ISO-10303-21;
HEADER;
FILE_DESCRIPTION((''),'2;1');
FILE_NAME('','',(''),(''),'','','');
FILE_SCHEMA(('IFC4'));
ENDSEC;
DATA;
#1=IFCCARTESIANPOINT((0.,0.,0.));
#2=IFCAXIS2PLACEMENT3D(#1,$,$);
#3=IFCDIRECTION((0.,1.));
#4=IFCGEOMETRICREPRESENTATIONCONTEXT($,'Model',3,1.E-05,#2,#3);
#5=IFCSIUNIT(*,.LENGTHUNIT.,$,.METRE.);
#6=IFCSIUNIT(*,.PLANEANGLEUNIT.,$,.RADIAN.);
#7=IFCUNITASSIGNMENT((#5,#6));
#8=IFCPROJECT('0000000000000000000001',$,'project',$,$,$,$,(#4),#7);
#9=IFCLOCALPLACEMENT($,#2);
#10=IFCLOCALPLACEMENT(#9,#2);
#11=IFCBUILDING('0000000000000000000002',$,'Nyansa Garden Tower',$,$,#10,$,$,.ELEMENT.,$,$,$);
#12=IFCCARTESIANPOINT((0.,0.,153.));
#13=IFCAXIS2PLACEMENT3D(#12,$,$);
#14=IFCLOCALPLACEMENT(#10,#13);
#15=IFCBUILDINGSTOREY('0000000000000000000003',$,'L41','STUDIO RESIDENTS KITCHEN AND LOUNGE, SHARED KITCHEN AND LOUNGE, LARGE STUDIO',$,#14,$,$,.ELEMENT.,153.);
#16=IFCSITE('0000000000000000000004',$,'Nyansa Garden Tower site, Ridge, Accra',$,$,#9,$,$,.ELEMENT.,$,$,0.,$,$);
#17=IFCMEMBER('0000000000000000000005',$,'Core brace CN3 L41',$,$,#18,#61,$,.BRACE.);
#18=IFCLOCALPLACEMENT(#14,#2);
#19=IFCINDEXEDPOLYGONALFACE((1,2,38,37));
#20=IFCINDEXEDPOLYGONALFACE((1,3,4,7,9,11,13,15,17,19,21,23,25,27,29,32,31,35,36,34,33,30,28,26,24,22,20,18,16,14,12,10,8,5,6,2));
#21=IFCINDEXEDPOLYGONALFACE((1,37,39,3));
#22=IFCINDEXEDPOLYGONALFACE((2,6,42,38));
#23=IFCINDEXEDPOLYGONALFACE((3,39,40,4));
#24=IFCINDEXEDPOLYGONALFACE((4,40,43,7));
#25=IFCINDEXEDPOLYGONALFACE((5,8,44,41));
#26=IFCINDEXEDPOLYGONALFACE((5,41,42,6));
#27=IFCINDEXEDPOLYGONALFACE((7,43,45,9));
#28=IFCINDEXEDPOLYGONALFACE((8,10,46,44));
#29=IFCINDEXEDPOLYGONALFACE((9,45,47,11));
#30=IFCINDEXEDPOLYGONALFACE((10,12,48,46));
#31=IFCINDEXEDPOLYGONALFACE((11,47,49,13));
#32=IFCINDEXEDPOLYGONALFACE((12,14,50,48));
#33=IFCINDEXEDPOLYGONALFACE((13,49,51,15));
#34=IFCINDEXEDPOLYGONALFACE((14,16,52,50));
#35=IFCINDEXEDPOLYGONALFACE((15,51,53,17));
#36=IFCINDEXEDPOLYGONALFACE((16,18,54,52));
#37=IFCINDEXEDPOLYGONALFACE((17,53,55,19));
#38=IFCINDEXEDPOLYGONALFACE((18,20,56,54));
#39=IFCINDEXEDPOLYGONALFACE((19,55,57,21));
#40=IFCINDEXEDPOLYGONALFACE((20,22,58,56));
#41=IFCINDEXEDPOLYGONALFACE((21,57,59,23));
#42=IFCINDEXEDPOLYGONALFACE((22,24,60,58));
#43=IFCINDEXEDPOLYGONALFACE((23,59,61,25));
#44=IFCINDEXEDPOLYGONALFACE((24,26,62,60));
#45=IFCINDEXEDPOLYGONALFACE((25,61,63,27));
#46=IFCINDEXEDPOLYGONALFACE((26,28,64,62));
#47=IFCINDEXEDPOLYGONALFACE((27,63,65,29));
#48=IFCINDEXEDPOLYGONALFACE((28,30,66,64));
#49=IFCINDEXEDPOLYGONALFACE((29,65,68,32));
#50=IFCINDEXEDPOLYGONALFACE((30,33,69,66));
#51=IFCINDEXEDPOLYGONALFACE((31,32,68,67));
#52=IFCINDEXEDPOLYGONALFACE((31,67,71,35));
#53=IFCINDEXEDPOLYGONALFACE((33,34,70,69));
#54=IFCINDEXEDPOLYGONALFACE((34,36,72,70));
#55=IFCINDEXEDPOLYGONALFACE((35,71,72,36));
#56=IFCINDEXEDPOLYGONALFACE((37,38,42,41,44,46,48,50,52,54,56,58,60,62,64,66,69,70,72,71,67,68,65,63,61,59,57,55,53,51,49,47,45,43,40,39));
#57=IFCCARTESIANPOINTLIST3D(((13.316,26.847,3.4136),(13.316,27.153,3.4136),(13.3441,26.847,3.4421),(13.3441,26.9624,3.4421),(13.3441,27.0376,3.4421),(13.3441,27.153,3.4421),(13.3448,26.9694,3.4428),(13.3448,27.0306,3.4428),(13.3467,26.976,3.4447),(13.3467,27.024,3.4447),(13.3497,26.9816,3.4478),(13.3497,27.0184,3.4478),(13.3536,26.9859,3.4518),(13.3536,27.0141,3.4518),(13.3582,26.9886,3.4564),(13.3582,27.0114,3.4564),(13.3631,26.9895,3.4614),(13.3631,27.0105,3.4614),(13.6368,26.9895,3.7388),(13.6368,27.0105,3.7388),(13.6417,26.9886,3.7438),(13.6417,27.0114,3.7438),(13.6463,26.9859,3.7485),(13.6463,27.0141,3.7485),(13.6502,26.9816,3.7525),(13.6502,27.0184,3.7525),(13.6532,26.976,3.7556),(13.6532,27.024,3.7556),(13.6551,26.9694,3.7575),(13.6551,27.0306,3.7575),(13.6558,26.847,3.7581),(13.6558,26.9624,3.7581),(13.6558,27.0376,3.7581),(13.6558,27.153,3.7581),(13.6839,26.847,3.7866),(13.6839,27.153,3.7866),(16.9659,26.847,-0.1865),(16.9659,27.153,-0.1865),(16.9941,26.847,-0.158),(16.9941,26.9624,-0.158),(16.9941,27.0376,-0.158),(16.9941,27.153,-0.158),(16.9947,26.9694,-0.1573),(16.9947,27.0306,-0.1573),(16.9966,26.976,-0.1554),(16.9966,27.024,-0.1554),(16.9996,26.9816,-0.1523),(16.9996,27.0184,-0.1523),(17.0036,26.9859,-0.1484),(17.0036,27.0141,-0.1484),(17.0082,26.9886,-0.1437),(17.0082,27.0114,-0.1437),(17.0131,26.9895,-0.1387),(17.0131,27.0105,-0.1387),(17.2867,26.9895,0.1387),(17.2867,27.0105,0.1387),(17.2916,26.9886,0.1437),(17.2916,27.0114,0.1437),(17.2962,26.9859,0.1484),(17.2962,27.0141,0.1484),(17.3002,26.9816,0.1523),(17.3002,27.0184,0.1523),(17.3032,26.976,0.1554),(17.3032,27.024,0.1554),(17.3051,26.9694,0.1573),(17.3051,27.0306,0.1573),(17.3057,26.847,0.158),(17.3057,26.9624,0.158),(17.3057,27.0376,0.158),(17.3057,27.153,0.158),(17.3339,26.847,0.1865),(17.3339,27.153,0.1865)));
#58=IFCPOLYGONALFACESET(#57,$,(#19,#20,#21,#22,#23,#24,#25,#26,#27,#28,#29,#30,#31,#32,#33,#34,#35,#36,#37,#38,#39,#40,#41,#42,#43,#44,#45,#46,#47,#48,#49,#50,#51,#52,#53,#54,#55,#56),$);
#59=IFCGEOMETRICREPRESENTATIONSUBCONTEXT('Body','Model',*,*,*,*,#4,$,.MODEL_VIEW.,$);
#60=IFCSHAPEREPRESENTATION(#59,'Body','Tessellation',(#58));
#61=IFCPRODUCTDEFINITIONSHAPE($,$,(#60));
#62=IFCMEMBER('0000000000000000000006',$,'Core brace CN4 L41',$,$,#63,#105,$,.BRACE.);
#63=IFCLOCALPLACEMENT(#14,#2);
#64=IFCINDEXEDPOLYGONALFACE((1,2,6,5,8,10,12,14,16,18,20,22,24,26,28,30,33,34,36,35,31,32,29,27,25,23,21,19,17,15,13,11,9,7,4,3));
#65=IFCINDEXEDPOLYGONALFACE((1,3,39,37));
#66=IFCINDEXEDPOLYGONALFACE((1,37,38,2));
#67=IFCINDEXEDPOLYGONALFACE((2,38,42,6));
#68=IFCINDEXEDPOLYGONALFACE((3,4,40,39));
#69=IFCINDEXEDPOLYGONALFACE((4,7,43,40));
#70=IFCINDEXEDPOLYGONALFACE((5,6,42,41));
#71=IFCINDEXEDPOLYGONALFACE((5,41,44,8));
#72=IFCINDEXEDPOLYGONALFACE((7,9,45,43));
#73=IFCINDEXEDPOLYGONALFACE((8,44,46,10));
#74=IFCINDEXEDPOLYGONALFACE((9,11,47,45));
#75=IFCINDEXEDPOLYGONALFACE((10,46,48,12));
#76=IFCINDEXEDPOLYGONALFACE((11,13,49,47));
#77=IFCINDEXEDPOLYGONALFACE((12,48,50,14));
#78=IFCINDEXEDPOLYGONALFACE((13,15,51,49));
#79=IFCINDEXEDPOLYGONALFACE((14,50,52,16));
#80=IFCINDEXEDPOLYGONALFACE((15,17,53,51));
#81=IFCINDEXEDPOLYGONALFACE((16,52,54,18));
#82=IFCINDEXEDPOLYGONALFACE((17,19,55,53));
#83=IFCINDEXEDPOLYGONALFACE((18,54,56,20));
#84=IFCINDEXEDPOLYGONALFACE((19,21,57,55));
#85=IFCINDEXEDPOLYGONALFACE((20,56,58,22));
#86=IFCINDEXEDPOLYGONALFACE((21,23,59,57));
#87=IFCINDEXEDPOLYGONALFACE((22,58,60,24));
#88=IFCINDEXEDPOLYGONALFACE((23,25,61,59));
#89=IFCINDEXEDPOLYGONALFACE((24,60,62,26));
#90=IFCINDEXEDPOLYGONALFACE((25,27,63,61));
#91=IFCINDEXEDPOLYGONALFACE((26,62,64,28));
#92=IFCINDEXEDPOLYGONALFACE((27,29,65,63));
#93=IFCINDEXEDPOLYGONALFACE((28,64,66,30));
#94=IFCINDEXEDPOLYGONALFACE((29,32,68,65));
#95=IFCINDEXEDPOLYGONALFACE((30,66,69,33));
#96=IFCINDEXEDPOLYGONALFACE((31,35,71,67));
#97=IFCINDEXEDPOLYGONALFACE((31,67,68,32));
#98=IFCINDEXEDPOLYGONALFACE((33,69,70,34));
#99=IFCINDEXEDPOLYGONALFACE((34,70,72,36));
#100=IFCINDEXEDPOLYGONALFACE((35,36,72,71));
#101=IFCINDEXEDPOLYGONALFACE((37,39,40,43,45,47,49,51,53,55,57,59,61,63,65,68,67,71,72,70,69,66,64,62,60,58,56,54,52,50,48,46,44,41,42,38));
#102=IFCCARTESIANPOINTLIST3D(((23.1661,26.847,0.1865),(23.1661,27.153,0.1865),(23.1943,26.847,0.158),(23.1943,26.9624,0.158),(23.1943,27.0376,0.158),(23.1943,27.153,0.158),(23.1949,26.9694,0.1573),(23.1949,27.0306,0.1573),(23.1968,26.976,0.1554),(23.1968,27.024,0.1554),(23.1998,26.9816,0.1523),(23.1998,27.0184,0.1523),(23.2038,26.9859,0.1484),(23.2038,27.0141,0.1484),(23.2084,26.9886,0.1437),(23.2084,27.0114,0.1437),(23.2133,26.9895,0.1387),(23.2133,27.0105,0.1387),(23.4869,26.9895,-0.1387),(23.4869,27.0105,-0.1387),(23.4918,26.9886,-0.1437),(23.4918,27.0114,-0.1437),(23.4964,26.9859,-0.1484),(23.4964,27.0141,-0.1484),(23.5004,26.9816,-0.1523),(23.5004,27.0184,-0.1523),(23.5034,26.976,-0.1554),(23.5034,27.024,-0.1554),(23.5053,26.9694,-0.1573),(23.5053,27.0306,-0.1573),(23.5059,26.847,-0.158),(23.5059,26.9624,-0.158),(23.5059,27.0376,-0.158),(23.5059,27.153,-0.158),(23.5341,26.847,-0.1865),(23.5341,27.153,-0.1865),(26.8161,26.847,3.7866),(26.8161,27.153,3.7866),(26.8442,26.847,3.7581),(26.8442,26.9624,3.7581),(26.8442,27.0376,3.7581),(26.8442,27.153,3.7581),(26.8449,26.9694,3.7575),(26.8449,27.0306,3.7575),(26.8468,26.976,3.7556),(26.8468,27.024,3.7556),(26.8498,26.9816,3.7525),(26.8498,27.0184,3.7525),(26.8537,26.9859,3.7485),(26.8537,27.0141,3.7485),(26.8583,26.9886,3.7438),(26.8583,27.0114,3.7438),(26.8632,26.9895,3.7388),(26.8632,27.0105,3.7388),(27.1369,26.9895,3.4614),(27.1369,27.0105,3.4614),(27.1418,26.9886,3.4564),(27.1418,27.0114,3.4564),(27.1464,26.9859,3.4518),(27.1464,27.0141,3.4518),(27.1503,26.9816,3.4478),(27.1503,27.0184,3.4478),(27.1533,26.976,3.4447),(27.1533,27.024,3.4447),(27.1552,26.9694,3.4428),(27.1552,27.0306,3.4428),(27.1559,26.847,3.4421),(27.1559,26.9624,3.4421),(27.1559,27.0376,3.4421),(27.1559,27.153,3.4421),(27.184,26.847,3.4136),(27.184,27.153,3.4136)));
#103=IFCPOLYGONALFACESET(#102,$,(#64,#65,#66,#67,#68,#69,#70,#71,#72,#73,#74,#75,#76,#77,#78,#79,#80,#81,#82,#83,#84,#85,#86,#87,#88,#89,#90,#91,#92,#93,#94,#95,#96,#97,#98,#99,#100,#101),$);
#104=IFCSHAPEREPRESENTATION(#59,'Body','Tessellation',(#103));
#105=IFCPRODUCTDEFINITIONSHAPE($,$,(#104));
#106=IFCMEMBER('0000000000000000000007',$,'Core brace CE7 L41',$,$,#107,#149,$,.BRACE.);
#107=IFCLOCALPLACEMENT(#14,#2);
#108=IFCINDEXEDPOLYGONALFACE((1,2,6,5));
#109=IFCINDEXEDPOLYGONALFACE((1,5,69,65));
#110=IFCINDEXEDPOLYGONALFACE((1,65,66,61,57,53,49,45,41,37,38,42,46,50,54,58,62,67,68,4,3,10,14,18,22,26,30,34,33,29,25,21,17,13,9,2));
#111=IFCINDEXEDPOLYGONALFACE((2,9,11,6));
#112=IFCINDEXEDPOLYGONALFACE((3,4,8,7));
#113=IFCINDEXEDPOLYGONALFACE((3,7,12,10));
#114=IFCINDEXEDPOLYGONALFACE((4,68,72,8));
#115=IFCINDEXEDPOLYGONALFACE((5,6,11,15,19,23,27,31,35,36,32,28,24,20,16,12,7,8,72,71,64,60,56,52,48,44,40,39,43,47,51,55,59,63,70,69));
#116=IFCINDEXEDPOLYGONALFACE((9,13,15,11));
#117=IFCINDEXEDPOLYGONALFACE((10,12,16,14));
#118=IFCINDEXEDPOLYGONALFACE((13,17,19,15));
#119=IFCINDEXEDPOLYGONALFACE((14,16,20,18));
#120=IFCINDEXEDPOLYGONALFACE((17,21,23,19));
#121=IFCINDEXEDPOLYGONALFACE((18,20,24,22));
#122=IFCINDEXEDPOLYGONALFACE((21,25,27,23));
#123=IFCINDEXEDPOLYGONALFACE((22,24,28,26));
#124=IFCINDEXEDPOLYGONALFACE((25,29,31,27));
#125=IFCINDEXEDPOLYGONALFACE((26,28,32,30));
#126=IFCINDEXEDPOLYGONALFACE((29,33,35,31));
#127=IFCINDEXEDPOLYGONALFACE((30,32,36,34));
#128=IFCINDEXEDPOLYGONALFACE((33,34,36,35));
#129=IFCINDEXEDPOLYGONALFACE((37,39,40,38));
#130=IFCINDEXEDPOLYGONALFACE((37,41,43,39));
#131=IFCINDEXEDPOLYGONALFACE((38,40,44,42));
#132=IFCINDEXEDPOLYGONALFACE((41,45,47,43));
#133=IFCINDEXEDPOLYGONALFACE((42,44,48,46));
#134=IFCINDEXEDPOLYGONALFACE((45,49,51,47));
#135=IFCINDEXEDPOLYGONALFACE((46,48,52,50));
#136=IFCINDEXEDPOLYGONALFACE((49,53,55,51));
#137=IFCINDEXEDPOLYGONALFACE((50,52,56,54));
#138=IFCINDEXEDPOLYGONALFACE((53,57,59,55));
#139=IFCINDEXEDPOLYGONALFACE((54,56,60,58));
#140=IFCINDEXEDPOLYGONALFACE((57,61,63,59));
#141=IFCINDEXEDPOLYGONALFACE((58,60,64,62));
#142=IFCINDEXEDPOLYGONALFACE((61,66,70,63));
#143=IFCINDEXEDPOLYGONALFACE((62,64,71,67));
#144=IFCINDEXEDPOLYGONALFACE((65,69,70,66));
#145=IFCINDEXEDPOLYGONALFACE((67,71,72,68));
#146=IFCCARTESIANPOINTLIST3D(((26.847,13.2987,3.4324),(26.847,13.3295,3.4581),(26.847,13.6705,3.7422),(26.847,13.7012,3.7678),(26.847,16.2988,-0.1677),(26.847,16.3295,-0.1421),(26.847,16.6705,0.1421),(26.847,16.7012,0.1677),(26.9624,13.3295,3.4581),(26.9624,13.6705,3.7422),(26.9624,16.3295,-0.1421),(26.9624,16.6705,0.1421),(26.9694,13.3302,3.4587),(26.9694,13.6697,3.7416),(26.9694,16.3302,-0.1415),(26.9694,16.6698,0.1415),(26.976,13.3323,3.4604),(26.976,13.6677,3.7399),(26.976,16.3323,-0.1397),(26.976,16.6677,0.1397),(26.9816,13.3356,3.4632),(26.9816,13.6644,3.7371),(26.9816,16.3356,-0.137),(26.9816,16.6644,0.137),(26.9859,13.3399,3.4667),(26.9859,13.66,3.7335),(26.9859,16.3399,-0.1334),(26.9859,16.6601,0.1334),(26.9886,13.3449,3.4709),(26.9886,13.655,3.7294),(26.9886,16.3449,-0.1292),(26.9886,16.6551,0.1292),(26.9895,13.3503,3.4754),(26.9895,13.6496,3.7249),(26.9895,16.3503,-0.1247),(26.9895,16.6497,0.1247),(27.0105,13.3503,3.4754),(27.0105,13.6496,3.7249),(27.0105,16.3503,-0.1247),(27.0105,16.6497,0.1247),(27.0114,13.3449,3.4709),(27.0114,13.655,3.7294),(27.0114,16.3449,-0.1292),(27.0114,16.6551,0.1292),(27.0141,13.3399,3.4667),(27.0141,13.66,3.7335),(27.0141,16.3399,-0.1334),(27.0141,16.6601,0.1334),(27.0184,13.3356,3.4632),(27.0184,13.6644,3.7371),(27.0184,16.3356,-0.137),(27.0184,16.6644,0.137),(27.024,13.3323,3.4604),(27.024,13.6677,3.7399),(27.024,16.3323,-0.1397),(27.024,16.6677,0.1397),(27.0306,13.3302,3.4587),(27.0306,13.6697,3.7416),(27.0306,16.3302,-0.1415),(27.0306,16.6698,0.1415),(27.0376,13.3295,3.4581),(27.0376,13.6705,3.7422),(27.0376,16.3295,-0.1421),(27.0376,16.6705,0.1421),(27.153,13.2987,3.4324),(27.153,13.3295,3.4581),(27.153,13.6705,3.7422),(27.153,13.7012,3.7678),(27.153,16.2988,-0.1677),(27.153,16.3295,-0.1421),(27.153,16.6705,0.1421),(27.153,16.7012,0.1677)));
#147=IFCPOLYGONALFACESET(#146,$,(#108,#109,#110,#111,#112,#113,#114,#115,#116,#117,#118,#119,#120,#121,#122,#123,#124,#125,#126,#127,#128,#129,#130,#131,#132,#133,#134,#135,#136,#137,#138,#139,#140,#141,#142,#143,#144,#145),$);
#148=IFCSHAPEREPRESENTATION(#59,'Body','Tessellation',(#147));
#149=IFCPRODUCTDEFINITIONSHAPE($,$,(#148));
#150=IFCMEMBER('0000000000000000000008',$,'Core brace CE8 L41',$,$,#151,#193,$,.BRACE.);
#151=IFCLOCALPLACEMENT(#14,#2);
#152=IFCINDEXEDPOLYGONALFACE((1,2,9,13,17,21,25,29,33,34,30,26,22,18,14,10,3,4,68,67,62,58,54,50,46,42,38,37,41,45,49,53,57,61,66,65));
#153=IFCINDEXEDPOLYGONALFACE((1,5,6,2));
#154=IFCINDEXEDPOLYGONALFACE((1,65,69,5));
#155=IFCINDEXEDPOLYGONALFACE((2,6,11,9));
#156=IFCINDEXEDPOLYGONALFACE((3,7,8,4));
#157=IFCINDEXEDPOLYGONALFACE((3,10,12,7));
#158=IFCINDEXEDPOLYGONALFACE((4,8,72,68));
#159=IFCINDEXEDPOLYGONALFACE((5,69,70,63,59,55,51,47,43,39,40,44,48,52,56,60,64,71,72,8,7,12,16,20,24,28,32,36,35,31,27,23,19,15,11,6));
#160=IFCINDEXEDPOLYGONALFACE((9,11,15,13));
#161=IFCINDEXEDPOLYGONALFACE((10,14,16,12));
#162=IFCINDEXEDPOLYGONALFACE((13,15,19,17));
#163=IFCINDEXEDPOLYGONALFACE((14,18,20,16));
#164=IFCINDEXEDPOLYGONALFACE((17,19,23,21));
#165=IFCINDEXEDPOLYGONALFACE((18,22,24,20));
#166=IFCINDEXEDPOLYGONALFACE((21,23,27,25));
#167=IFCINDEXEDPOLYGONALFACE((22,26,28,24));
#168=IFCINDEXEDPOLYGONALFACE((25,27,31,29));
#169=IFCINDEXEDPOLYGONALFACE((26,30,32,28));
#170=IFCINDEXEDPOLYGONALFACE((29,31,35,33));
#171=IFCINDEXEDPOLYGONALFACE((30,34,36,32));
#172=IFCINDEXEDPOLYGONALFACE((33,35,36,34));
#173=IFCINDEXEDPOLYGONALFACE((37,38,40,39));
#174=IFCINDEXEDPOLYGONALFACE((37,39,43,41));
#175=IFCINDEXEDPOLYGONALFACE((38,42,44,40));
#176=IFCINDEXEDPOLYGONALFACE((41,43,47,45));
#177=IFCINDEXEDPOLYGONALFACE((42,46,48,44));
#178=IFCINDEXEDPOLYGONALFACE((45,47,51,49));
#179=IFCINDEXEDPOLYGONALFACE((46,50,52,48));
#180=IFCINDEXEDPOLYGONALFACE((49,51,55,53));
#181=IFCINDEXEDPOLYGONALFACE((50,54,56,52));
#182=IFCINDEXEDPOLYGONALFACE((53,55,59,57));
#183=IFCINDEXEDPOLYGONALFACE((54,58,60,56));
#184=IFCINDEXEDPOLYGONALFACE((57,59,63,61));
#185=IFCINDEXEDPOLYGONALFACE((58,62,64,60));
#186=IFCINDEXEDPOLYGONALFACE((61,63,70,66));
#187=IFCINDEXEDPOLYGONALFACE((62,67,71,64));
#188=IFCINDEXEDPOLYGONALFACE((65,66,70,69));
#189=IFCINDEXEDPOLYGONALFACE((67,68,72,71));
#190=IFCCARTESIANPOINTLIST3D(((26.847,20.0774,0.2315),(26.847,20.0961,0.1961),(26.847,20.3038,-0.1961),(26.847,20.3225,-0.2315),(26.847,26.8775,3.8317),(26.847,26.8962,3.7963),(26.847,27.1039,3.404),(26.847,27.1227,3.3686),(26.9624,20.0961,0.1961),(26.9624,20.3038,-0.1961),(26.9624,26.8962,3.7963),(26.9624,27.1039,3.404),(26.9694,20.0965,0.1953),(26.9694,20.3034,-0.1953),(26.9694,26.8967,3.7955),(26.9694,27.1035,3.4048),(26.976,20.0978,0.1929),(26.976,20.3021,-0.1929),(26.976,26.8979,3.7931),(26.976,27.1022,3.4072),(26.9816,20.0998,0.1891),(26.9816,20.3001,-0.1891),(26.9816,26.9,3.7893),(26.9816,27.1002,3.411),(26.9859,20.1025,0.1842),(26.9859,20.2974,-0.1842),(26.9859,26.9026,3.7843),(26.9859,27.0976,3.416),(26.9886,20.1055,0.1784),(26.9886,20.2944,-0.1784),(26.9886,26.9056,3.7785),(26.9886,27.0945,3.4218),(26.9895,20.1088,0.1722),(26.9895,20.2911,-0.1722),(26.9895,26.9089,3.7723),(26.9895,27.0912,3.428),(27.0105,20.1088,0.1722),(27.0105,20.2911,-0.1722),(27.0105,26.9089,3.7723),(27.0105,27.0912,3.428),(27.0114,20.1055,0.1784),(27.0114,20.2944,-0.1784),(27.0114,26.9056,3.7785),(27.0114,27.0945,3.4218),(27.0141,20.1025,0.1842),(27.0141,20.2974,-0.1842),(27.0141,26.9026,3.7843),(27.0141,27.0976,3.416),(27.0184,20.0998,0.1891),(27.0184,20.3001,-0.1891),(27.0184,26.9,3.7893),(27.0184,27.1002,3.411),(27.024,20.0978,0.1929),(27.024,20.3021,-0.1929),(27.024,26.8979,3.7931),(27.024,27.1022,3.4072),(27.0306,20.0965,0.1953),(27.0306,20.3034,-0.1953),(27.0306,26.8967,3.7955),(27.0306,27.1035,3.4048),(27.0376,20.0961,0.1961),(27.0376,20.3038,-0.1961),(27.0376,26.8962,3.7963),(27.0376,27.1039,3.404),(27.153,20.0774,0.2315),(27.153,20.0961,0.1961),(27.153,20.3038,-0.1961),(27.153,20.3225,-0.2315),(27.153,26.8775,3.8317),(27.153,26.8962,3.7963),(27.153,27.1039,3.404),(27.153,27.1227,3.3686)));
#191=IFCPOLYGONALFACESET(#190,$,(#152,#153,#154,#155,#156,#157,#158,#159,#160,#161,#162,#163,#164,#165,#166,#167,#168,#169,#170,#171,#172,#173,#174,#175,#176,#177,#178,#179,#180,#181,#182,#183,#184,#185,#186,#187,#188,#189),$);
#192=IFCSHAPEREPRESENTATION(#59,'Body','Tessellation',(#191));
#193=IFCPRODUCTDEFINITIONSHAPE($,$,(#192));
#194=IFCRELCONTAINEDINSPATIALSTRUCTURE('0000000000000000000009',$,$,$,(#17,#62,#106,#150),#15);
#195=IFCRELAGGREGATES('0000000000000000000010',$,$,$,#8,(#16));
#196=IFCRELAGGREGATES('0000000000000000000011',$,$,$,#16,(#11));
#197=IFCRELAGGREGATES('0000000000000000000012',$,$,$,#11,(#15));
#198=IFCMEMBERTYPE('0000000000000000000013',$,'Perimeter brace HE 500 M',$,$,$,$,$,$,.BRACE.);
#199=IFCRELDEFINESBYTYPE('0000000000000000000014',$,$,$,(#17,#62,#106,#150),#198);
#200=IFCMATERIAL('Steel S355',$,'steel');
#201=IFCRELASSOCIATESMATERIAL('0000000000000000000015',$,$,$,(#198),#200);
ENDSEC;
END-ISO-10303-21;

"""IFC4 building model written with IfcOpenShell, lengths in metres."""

from ifc_helpers import new_model, si_unit, direction, frame, origin, origin_2d, place, context, subcontext, project, spatial, i_section, extrude, material, material_profile, profile_set, type_object, element, save


model = new_model("IFC4")

# Units and contexts
model_context = context("Model", 3, precision=1e-05, world=origin(), true_north=direction((0.0, 1.0)))
body_context = subcontext(model_context, "Body", "Model", "MODEL_VIEW")
ifc_project = project(units=[si_unit("LENGTHUNIT", "METRE"), si_unit("PLANEANGLEUNIT", "RADIAN")], contexts=[model_context])

# Site, building, storey
site_placement = place(None, origin())
site = spatial("IfcSite", under=ifc_project, at=site_placement, Name="Nyansa Garden Tower site, Ridge, Accra", CompositionType="ELEMENT", RefElevation=0.0)
building_placement = place(site_placement, origin())
building = spatial("IfcBuilding", under=site, at=building_placement, Name="Nyansa Garden Tower", CompositionType="ELEMENT")
storey_placement = place(building_placement, frame((0.0, 0.0, 153.0)))
storey = spatial("IfcBuildingStorey", under=building, at=storey_placement, Name="L41", Description="STUDIO RESIDENTS KITCHEN AND LOUNGE, SHARED KITCHEN AND LOUNGE, LARGE STUDIO", CompositionType="ELEMENT", Elevation=153.0)

# Members
ifc_material_1 = material(Name="Steel S355", Category="steel")
ifc_material_profile = material_profile(ifc_material_1, i_section(OverallWidth=0.3059, OverallDepth=0.5239, WebThickness=0.021, FlangeThickness=0.04, FilletRadius=0.0271, at=origin_2d()), Name="HE 500 M")
ifc_profile_set = profile_set([ifc_material_profile], Name="Steel S355")
member_type = type_object("IfcMemberType", Name="Perimeter brace HE 500 M", PredefinedType="BRACE", material=ifc_profile_set)
for number, where, z_axis, x_axis, name in (
    (1, (17.1499, 27.0, 0.0), (-0.711948, 0.0, 0.702233), (0.0, -1.0, 0.0), "Core brace CN3 L41"),
    (2, (23.3501, 27.0, 0.0), (0.711948, 0.0, 0.702233), (0.0, 1.0, 0.0), "Core brace CN4 L41"),
):
    element("IfcMember", number, at=place(storey_placement, frame(where, z_axis=z_axis, x_axis=x_axis)), inside=storey, type_object=member_type, Name=name, PredefinedType="BRACE", context=body_context, shape_type="SweptSolid", body=[
        extrude(i_section(OverallWidth=0.3059, OverallDepth=0.5239, WebThickness=0.021, FlangeThickness=0.04, FilletRadius=0.0271, at=origin_2d()), origin(), (0.0, 0.0, 1.0), 5.1267),
    ])
member_1_placement = place(storey_placement, frame((27.0, 16.5, 0.0), z_axis=(0.0, -0.640174, 0.76823), x_axis=(1.0, 0.0, 0.0)))
element("IfcMember", 3, at=member_1_placement, inside=storey, type_object=member_type, Name="Core brace CE7 L41", PredefinedType="BRACE", context=body_context, shape_type="SweptSolid", body=[
    extrude(i_section(OverallWidth=0.3059, OverallDepth=0.5239, WebThickness=0.021, FlangeThickness=0.04, FilletRadius=0.0271, at=origin_2d()), origin(), (0.0, 0.0, 1.0), 4.6863),
])
member_2_placement = place(storey_placement, frame((27.0, 20.2, 0.0), z_axis=(0.0, 0.883784, 0.467895), x_axis=(-1.0, 0.0, 0.0)))
element("IfcMember", 4, at=member_2_placement, inside=storey, type_object=member_type, Name="Core brace CE8 L41", PredefinedType="BRACE", context=body_context, shape_type="SweptSolid", body=[
    extrude(i_section(OverallWidth=0.3059, OverallDepth=0.5239, WebThickness=0.021, FlangeThickness=0.04, FilletRadius=0.0271, at=origin_2d()), origin(), (0.0, 0.0, 1.0), 7.6943),
])

save(model, "model.ifc")
